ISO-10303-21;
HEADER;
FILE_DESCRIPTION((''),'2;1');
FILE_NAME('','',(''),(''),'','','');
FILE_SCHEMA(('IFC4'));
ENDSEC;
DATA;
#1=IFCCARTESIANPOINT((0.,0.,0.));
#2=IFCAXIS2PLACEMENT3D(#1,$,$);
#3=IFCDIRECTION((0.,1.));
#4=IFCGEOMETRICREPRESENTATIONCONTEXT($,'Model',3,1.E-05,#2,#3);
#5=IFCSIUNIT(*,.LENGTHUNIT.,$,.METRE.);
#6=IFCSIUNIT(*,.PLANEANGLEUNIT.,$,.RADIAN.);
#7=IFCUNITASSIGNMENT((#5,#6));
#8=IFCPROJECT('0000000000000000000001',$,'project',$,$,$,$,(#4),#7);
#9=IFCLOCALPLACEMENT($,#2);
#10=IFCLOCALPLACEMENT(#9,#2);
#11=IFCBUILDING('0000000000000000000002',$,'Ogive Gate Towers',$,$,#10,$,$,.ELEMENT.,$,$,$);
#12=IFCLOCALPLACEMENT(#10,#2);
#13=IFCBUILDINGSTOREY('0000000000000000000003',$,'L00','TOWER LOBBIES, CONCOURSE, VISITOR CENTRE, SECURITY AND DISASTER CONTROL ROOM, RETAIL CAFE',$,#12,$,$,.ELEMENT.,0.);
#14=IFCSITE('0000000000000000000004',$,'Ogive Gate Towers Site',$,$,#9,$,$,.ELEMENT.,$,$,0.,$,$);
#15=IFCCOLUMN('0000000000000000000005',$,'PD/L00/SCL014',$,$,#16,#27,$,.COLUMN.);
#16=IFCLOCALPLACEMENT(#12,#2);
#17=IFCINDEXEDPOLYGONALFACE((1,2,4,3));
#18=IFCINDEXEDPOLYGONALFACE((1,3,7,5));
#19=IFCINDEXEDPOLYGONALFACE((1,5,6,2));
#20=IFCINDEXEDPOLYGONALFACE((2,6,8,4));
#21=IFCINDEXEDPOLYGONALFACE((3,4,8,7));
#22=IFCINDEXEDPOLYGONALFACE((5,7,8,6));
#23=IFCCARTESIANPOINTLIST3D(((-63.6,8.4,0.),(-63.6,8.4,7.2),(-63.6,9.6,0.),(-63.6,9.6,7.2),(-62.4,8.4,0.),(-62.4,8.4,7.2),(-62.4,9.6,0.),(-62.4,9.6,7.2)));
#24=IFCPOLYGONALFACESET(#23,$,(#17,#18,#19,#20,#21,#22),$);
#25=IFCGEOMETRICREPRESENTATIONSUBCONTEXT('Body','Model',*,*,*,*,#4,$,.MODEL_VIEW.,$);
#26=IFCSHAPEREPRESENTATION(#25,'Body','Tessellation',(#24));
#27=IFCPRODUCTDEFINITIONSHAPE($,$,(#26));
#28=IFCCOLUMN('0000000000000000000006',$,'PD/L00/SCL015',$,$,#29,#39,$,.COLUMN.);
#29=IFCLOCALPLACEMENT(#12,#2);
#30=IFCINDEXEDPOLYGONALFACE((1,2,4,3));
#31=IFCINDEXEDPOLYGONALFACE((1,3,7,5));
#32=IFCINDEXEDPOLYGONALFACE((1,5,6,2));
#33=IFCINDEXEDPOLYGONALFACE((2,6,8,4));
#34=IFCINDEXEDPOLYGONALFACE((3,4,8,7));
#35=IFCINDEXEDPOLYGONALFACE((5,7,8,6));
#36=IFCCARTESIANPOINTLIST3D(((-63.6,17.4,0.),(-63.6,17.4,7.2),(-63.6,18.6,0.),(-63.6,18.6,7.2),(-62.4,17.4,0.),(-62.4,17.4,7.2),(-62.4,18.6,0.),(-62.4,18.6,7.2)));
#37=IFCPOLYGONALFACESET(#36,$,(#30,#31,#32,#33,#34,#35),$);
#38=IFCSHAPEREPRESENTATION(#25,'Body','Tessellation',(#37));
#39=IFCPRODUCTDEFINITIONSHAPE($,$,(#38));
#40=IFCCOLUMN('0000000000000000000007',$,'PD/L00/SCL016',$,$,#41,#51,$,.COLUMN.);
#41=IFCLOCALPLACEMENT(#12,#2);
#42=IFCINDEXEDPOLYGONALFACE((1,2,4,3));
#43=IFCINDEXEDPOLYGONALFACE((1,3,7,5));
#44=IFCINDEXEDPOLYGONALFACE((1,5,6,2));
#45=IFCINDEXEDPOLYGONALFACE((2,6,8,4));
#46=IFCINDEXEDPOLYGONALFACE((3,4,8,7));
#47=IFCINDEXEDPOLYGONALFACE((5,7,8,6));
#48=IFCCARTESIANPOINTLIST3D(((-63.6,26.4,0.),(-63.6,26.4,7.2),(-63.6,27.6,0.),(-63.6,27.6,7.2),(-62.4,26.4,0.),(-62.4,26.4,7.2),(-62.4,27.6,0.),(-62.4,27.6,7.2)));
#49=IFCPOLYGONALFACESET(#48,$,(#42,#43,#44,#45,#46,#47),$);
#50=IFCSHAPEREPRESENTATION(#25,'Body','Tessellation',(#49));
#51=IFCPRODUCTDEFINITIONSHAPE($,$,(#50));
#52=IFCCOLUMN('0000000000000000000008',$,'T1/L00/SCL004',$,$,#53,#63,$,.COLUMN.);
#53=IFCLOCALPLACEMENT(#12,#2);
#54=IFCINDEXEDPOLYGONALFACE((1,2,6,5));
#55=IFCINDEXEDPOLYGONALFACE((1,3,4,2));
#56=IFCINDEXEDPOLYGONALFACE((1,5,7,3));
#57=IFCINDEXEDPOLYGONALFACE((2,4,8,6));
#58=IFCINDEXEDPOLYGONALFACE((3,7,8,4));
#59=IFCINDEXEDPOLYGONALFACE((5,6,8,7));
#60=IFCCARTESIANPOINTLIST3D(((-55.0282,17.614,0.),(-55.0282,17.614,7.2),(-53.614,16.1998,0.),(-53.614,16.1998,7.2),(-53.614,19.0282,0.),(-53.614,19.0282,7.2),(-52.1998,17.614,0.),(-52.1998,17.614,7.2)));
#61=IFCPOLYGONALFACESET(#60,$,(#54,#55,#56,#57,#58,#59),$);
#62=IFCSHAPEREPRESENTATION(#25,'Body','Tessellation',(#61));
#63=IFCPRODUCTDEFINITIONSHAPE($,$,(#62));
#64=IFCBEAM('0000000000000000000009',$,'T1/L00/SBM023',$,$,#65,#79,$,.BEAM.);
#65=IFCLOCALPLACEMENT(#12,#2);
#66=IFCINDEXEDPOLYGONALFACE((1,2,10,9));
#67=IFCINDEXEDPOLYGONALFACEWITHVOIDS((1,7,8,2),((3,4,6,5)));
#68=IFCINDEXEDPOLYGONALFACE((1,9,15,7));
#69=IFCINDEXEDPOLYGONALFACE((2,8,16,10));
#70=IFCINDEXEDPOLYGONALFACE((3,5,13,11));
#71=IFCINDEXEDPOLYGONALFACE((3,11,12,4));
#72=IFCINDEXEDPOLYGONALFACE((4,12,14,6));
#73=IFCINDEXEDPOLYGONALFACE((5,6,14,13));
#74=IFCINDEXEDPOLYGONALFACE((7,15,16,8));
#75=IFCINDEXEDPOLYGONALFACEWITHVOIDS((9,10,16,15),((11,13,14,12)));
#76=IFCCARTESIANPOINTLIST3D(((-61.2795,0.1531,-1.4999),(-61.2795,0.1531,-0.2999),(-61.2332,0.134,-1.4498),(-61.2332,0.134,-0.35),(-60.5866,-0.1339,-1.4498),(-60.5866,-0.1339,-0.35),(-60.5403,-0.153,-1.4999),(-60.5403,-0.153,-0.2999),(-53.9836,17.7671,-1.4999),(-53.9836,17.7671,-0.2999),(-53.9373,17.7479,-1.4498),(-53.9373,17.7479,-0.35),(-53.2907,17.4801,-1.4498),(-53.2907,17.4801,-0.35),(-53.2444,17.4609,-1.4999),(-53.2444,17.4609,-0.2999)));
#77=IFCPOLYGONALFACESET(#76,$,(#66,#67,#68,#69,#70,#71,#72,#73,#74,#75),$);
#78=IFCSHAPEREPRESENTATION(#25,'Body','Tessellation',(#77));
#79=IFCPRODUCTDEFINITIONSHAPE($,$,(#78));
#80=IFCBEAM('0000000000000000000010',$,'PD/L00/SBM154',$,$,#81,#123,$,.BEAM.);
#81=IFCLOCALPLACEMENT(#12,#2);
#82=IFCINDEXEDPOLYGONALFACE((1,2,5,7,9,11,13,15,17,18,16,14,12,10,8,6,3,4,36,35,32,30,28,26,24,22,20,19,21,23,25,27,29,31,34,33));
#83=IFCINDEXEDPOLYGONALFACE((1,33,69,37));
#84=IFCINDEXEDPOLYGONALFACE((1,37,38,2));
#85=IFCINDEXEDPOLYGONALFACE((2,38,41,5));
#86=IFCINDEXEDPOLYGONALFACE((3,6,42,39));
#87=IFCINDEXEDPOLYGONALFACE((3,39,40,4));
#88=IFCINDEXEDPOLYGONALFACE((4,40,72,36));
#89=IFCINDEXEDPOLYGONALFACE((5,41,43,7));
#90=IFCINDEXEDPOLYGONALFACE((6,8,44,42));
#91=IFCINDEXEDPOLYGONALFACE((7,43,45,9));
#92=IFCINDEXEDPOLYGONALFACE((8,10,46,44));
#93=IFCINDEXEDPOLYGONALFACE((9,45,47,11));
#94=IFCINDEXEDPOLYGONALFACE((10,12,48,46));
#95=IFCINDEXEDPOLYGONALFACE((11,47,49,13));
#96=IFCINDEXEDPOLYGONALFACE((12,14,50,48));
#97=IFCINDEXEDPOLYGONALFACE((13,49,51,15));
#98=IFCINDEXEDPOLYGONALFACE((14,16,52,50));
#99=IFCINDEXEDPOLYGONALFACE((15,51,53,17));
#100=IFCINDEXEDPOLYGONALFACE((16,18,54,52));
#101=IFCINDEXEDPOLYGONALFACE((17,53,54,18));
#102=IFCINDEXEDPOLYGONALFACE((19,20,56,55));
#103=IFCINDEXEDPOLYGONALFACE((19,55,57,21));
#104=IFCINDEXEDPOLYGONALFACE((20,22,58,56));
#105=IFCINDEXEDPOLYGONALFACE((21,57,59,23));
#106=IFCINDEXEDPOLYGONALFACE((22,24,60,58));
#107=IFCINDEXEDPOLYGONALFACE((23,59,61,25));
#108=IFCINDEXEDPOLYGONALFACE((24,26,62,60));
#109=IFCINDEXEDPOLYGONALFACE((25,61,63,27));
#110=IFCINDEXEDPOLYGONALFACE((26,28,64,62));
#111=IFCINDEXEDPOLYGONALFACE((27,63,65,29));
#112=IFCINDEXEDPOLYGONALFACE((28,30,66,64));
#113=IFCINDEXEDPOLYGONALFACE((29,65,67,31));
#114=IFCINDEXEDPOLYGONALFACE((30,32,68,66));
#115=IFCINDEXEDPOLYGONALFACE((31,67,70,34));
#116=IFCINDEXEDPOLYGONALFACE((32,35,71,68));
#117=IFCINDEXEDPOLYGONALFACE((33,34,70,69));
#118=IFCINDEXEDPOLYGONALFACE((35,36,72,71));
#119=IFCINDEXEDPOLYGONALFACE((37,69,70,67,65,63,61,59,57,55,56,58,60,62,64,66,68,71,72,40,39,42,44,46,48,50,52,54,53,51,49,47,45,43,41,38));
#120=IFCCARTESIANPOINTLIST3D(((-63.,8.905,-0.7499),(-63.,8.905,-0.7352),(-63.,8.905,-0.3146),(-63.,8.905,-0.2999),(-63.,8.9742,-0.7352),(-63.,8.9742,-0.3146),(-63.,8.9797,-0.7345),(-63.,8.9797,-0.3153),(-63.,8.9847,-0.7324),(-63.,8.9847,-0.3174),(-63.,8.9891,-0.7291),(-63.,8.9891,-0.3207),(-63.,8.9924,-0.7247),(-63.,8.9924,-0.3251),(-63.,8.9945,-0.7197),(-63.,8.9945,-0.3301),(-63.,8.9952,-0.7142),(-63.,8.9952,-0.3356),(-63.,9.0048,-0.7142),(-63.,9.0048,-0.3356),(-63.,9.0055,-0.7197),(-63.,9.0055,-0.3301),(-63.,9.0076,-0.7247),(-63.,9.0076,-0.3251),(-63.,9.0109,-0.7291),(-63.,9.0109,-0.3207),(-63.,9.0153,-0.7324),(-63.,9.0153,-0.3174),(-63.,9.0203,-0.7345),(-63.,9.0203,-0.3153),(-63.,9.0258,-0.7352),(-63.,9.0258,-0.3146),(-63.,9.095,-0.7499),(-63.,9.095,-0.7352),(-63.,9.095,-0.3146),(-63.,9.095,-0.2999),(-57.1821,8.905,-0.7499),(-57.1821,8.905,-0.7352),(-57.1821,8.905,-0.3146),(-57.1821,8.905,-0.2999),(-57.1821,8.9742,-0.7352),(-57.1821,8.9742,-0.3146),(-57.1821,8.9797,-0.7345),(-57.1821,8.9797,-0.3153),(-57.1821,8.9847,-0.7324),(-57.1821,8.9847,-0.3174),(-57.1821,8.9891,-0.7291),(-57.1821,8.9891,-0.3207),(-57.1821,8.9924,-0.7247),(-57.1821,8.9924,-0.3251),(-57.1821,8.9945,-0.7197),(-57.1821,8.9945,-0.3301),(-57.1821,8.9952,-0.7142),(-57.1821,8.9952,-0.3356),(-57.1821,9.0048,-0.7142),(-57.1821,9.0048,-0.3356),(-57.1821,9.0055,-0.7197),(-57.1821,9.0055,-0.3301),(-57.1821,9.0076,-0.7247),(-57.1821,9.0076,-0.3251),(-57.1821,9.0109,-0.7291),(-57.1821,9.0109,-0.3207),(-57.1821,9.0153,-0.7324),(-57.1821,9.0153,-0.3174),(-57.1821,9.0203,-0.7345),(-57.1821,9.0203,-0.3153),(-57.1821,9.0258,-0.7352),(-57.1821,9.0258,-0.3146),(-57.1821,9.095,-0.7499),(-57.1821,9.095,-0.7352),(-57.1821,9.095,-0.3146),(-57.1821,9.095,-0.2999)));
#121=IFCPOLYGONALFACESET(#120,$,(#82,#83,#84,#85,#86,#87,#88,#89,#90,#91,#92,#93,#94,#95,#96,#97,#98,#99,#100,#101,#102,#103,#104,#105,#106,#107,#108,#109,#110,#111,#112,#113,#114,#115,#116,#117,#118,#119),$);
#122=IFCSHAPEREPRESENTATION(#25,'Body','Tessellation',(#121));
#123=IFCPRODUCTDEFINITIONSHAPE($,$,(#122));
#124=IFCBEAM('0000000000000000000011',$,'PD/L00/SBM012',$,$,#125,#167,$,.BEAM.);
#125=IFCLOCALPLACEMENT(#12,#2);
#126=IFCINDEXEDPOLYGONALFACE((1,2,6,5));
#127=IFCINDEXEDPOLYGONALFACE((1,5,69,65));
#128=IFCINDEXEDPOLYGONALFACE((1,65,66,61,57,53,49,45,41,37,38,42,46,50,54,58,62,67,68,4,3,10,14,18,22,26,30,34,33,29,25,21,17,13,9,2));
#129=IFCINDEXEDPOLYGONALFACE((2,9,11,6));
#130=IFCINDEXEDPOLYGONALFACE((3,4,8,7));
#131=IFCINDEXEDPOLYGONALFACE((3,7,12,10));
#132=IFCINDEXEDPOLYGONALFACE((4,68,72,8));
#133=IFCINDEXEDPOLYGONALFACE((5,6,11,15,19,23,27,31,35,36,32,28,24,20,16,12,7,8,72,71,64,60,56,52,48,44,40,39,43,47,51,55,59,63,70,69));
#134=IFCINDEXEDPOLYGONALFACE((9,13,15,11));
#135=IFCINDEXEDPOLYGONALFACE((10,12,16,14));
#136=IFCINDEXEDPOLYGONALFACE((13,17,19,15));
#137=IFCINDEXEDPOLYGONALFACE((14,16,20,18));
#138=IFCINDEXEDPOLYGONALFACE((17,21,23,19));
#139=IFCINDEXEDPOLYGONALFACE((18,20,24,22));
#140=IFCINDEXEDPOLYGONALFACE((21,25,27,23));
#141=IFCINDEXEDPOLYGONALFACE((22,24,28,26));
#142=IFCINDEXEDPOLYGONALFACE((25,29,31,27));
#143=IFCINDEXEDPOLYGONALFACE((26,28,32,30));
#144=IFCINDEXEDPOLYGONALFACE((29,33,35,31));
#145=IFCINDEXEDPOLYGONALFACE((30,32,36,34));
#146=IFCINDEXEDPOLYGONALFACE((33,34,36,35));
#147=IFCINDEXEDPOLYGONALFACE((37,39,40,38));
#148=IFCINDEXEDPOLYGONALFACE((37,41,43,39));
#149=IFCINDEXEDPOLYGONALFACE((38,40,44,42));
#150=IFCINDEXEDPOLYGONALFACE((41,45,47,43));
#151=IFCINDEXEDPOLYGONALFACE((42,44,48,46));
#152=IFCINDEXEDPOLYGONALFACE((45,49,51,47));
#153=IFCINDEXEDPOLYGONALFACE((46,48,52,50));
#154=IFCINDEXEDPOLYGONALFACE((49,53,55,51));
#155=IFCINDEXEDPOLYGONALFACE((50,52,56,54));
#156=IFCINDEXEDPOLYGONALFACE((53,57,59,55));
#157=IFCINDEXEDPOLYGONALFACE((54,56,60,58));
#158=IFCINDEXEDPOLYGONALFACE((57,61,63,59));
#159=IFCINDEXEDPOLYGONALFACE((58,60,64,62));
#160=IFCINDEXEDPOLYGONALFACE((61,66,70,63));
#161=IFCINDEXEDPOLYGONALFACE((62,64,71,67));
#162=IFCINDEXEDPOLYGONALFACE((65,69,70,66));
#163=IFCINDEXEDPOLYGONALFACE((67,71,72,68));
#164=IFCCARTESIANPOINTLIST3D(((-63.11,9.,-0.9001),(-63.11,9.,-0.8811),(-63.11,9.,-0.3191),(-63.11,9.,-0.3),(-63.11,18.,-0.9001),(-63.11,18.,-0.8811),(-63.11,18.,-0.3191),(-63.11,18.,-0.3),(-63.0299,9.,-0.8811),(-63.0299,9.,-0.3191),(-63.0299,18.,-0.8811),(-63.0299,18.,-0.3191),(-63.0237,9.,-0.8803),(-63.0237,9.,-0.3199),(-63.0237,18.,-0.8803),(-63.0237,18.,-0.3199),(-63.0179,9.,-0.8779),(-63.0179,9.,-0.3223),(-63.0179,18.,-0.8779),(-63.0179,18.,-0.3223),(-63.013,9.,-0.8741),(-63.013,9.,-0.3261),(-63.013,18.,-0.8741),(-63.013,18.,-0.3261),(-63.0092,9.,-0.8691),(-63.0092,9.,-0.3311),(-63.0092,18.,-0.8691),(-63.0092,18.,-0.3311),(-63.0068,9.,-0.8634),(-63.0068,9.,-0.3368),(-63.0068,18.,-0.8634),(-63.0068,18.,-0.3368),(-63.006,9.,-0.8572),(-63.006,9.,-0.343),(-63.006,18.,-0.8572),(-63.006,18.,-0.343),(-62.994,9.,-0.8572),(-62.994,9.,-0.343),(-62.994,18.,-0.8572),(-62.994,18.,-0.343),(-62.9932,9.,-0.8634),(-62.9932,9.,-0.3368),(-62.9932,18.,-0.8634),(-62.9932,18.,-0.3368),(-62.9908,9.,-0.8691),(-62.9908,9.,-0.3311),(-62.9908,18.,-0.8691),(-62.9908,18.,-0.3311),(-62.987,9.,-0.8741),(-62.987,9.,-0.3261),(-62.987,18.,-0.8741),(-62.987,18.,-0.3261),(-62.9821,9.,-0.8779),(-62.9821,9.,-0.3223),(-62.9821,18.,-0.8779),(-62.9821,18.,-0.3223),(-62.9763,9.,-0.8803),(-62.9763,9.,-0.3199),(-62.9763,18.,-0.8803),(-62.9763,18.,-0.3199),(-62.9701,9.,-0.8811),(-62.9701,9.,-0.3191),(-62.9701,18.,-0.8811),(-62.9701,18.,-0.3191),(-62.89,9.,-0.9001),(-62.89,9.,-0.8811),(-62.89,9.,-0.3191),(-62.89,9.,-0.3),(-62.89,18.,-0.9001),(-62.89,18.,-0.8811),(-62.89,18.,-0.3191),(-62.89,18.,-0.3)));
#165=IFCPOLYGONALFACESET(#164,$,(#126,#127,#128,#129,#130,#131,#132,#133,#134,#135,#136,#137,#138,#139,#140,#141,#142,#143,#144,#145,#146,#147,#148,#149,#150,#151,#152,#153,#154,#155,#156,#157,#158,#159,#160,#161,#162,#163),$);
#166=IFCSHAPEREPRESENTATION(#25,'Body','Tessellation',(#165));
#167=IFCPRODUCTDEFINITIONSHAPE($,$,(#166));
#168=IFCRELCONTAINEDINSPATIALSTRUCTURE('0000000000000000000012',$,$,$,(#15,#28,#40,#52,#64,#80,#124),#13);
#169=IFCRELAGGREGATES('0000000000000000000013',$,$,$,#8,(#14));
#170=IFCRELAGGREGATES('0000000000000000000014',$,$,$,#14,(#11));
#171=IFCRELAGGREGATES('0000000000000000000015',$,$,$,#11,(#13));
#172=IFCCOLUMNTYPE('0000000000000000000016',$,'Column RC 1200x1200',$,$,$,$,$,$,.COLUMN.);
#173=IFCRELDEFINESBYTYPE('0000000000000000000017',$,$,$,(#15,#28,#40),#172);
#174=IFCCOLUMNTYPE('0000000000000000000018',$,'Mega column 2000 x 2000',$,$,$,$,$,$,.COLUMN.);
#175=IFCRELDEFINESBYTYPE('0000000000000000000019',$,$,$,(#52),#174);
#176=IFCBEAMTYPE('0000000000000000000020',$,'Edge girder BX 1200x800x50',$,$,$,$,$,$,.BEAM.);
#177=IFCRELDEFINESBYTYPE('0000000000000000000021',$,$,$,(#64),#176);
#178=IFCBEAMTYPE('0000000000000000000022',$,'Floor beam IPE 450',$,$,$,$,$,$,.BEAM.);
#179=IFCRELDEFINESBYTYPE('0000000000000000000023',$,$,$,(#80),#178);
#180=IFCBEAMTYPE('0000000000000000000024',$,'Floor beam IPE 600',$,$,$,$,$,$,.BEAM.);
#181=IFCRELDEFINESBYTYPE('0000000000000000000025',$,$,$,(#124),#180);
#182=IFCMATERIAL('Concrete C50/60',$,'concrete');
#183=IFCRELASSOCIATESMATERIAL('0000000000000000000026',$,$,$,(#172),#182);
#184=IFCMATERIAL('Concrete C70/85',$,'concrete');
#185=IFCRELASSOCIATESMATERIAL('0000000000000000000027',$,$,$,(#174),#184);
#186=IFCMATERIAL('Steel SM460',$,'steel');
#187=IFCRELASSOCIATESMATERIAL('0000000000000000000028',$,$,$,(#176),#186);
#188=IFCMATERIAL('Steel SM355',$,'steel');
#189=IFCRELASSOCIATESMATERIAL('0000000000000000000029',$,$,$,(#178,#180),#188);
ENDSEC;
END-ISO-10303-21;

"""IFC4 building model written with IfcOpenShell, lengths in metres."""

from ifc_helpers import new_model, si_unit, direction, frame, origin, origin_2d, place, context, subcontext, project, spatial, rectangle, hollow_rectangle, i_section, extrude, material, material_profile, profile_set, type_object, element, save


model = new_model("IFC4")

# Units and contexts
model_context = context("Model", 3, precision=1e-05, world=origin(), true_north=direction((0.0, 1.0)))
body_context = subcontext(model_context, "Body", "Model", "MODEL_VIEW")
ifc_project = project(units=[si_unit("LENGTHUNIT", "METRE"), si_unit("PLANEANGLEUNIT", "RADIAN")], contexts=[model_context])

# Site, building, storey
site_placement = place(None, origin())
site = spatial("IfcSite", under=ifc_project, at=site_placement, Name="Ogive Gate Towers Site", CompositionType="ELEMENT", RefElevation=0.0)
building_placement = place(site_placement, origin())
building = spatial("IfcBuilding", under=site, at=building_placement, Name="Ogive Gate Towers", CompositionType="ELEMENT")
storey_placement = place(building_placement, origin())
storey = spatial("IfcBuildingStorey", under=building, at=storey_placement, Name="L00", Description="TOWER LOBBIES, CONCOURSE, VISITOR CENTRE, SECURITY AND DISASTER CONTROL ROOM, RETAIL CAFE", CompositionType="ELEMENT", Elevation=0.0)

# Columns
ifc_material_1 = material(Name="Concrete C50/60", Category="concrete")
ifc_material_profile_1 = material_profile(ifc_material_1, rectangle(XDim=1.2, YDim=1.2, at=origin_2d()), Name="RC 1200x1200")
ifc_profile_set_1 = profile_set([ifc_material_profile_1], Name="Concrete C50/60")
column_type_1 = type_object("IfcColumnType", Name="Column RC 1200x1200", PredefinedType="COLUMN", material=ifc_profile_set_1)
for number, where, z_axis, x_axis, name in (
    (1, (-63.0, 9.0, 0.0), (0.0, 0.0, 1.0), (1.0, 0.0, 0.0), "PD/L00/SCL014"),
    (2, (-63.0, 18.0, 0.0), (0.0, 0.0, 1.0), (1.0, 0.0, 0.0), "PD/L00/SCL015"),
    (3, (-63.0, 27.0, 0.0), (0.0, 0.0, 1.0), (1.0, 0.0, 0.0), "PD/L00/SCL016"),
):
    element("IfcColumn", number, at=place(storey_placement, frame(where, z_axis=z_axis, x_axis=x_axis)), inside=storey, type_object=column_type_1, Name=name, PredefinedType="COLUMN", context=body_context, shape_type="SweptSolid", body=[
        extrude(rectangle(XDim=1.2, YDim=1.2, at=origin_2d()), origin(), (0.0, 0.0, 1.0), 7.2),
    ])
ifc_material_2 = material(Name="Concrete C70/85", Category="concrete")
ifc_material_profile_2 = material_profile(ifc_material_2, rectangle(XDim=2.0, YDim=2.0, at=origin_2d()), Name="RC 2000x2000")
ifc_profile_set_2 = profile_set([ifc_material_profile_2], Name="Concrete C70/85")
column_type_2 = type_object("IfcColumnType", Name="Mega column 2000 x 2000", PredefinedType="COLUMN", material=ifc_profile_set_2)
column_placement = place(storey_placement, frame((-53.614, 17.614, 0.0), z_axis=(0.0, 0.0, 1.0), x_axis=(-0.707107, 0.707107, 0.0)))
element("IfcColumn", 4, at=column_placement, inside=storey, type_object=column_type_2, Name="T1/L00/SCL004", PredefinedType="COLUMN", context=body_context, shape_type="SweptSolid", body=[
    extrude(rectangle(XDim=2.0, YDim=2.0, at=origin_2d()), origin(), (0.0, 0.0, 1.0), 7.2),
])

# Beams
ifc_material_3 = material(Name="Steel SM460", Category="steel")
ifc_material_profile_3 = material_profile(ifc_material_3, hollow_rectangle(XDim=0.8, YDim=1.2, WallThickness=0.05, at=origin_2d()), Name="BX 1200x800x50")
ifc_profile_set_3 = profile_set([ifc_material_profile_3], Name="Steel SM460")
beam_type_1 = type_object("IfcBeamType", Name="Edge girder BX 1200x800x50", PredefinedType="BEAM", material=ifc_profile_set_3)
beam_1_placement = place(storey_placement, frame((-53.614, 17.614, -0.8999), z_axis=(-0.382681, -0.923881, 0.0), x_axis=(0.923881, -0.382681, 0.0)))
element("IfcBeam", 5, at=beam_1_placement, inside=storey, type_object=beam_type_1, Name="T1/L00/SBM023", PredefinedType="BEAM", context=body_context, shape_type="SweptSolid", body=[
    extrude(hollow_rectangle(XDim=0.8, YDim=1.2, WallThickness=0.05, at=origin_2d()), origin(), (0.0, 0.0, 1.0), 19.0652),
])
ifc_material_4 = material(Name="Steel SM355", Category="steel")
ifc_material_profile_4 = material_profile(ifc_material_4, i_section(OverallWidth=0.1899, OverallDepth=0.45, WebThickness=0.0095, FlangeThickness=0.0146, FilletRadius=0.021, at=origin_2d()), Name="IPE 450")
ifc_profile_set_4 = profile_set([ifc_material_profile_4], Name="Steel SM355")
beam_type_2 = type_object("IfcBeamType", Name="Floor beam IPE 450", PredefinedType="BEAM", material=ifc_profile_set_4)
beam_2_placement = place(storey_placement, frame((-63.0, 9.0, -0.5249), z_axis=(1.0, 0.0, 0.0), x_axis=(0.0, 1.0, 0.0)))
element("IfcBeam", 6, at=beam_2_placement, inside=storey, type_object=beam_type_2, Name="PD/L00/SBM154", PredefinedType="BEAM", context=body_context, shape_type="SweptSolid", body=[
    extrude(i_section(OverallWidth=0.1899, OverallDepth=0.45, WebThickness=0.0095, FlangeThickness=0.0146, FilletRadius=0.021, at=origin_2d()), origin(), (0.0, 0.0, 1.0), 5.8179),
])
ifc_material_profile_5 = material_profile(ifc_material_4, i_section(OverallWidth=0.22, OverallDepth=0.6001, WebThickness=0.012, FlangeThickness=0.019, FilletRadius=0.0239, at=origin_2d()), Name="IPE 600")
ifc_profile_set_5 = profile_set([ifc_material_profile_5], Name="Steel SM355")
beam_type_3 = type_object("IfcBeamType", Name="Floor beam IPE 600", PredefinedType="BEAM", material=ifc_profile_set_5)
for number, where, z_axis, x_axis, name in (
    (7, (-63.0, 9.0, -0.6001), (0.0, 1.0, 0.0), (-1.0, 0.0, 0.0), "PD/L00/SBM012"),
):
    element("IfcBeam", number, at=place(storey_placement, frame(where, z_axis=z_axis, x_axis=x_axis)), inside=storey, type_object=beam_type_3, Name=name, PredefinedType="BEAM", context=body_context, shape_type="SweptSolid", body=[
        extrude(i_section(OverallWidth=0.22, OverallDepth=0.6001, WebThickness=0.012, FlangeThickness=0.019, FilletRadius=0.0239, at=origin_2d()), origin(), (0.0, 0.0, 1.0), 9.0),
    ])

save(model, "model.ifc")
